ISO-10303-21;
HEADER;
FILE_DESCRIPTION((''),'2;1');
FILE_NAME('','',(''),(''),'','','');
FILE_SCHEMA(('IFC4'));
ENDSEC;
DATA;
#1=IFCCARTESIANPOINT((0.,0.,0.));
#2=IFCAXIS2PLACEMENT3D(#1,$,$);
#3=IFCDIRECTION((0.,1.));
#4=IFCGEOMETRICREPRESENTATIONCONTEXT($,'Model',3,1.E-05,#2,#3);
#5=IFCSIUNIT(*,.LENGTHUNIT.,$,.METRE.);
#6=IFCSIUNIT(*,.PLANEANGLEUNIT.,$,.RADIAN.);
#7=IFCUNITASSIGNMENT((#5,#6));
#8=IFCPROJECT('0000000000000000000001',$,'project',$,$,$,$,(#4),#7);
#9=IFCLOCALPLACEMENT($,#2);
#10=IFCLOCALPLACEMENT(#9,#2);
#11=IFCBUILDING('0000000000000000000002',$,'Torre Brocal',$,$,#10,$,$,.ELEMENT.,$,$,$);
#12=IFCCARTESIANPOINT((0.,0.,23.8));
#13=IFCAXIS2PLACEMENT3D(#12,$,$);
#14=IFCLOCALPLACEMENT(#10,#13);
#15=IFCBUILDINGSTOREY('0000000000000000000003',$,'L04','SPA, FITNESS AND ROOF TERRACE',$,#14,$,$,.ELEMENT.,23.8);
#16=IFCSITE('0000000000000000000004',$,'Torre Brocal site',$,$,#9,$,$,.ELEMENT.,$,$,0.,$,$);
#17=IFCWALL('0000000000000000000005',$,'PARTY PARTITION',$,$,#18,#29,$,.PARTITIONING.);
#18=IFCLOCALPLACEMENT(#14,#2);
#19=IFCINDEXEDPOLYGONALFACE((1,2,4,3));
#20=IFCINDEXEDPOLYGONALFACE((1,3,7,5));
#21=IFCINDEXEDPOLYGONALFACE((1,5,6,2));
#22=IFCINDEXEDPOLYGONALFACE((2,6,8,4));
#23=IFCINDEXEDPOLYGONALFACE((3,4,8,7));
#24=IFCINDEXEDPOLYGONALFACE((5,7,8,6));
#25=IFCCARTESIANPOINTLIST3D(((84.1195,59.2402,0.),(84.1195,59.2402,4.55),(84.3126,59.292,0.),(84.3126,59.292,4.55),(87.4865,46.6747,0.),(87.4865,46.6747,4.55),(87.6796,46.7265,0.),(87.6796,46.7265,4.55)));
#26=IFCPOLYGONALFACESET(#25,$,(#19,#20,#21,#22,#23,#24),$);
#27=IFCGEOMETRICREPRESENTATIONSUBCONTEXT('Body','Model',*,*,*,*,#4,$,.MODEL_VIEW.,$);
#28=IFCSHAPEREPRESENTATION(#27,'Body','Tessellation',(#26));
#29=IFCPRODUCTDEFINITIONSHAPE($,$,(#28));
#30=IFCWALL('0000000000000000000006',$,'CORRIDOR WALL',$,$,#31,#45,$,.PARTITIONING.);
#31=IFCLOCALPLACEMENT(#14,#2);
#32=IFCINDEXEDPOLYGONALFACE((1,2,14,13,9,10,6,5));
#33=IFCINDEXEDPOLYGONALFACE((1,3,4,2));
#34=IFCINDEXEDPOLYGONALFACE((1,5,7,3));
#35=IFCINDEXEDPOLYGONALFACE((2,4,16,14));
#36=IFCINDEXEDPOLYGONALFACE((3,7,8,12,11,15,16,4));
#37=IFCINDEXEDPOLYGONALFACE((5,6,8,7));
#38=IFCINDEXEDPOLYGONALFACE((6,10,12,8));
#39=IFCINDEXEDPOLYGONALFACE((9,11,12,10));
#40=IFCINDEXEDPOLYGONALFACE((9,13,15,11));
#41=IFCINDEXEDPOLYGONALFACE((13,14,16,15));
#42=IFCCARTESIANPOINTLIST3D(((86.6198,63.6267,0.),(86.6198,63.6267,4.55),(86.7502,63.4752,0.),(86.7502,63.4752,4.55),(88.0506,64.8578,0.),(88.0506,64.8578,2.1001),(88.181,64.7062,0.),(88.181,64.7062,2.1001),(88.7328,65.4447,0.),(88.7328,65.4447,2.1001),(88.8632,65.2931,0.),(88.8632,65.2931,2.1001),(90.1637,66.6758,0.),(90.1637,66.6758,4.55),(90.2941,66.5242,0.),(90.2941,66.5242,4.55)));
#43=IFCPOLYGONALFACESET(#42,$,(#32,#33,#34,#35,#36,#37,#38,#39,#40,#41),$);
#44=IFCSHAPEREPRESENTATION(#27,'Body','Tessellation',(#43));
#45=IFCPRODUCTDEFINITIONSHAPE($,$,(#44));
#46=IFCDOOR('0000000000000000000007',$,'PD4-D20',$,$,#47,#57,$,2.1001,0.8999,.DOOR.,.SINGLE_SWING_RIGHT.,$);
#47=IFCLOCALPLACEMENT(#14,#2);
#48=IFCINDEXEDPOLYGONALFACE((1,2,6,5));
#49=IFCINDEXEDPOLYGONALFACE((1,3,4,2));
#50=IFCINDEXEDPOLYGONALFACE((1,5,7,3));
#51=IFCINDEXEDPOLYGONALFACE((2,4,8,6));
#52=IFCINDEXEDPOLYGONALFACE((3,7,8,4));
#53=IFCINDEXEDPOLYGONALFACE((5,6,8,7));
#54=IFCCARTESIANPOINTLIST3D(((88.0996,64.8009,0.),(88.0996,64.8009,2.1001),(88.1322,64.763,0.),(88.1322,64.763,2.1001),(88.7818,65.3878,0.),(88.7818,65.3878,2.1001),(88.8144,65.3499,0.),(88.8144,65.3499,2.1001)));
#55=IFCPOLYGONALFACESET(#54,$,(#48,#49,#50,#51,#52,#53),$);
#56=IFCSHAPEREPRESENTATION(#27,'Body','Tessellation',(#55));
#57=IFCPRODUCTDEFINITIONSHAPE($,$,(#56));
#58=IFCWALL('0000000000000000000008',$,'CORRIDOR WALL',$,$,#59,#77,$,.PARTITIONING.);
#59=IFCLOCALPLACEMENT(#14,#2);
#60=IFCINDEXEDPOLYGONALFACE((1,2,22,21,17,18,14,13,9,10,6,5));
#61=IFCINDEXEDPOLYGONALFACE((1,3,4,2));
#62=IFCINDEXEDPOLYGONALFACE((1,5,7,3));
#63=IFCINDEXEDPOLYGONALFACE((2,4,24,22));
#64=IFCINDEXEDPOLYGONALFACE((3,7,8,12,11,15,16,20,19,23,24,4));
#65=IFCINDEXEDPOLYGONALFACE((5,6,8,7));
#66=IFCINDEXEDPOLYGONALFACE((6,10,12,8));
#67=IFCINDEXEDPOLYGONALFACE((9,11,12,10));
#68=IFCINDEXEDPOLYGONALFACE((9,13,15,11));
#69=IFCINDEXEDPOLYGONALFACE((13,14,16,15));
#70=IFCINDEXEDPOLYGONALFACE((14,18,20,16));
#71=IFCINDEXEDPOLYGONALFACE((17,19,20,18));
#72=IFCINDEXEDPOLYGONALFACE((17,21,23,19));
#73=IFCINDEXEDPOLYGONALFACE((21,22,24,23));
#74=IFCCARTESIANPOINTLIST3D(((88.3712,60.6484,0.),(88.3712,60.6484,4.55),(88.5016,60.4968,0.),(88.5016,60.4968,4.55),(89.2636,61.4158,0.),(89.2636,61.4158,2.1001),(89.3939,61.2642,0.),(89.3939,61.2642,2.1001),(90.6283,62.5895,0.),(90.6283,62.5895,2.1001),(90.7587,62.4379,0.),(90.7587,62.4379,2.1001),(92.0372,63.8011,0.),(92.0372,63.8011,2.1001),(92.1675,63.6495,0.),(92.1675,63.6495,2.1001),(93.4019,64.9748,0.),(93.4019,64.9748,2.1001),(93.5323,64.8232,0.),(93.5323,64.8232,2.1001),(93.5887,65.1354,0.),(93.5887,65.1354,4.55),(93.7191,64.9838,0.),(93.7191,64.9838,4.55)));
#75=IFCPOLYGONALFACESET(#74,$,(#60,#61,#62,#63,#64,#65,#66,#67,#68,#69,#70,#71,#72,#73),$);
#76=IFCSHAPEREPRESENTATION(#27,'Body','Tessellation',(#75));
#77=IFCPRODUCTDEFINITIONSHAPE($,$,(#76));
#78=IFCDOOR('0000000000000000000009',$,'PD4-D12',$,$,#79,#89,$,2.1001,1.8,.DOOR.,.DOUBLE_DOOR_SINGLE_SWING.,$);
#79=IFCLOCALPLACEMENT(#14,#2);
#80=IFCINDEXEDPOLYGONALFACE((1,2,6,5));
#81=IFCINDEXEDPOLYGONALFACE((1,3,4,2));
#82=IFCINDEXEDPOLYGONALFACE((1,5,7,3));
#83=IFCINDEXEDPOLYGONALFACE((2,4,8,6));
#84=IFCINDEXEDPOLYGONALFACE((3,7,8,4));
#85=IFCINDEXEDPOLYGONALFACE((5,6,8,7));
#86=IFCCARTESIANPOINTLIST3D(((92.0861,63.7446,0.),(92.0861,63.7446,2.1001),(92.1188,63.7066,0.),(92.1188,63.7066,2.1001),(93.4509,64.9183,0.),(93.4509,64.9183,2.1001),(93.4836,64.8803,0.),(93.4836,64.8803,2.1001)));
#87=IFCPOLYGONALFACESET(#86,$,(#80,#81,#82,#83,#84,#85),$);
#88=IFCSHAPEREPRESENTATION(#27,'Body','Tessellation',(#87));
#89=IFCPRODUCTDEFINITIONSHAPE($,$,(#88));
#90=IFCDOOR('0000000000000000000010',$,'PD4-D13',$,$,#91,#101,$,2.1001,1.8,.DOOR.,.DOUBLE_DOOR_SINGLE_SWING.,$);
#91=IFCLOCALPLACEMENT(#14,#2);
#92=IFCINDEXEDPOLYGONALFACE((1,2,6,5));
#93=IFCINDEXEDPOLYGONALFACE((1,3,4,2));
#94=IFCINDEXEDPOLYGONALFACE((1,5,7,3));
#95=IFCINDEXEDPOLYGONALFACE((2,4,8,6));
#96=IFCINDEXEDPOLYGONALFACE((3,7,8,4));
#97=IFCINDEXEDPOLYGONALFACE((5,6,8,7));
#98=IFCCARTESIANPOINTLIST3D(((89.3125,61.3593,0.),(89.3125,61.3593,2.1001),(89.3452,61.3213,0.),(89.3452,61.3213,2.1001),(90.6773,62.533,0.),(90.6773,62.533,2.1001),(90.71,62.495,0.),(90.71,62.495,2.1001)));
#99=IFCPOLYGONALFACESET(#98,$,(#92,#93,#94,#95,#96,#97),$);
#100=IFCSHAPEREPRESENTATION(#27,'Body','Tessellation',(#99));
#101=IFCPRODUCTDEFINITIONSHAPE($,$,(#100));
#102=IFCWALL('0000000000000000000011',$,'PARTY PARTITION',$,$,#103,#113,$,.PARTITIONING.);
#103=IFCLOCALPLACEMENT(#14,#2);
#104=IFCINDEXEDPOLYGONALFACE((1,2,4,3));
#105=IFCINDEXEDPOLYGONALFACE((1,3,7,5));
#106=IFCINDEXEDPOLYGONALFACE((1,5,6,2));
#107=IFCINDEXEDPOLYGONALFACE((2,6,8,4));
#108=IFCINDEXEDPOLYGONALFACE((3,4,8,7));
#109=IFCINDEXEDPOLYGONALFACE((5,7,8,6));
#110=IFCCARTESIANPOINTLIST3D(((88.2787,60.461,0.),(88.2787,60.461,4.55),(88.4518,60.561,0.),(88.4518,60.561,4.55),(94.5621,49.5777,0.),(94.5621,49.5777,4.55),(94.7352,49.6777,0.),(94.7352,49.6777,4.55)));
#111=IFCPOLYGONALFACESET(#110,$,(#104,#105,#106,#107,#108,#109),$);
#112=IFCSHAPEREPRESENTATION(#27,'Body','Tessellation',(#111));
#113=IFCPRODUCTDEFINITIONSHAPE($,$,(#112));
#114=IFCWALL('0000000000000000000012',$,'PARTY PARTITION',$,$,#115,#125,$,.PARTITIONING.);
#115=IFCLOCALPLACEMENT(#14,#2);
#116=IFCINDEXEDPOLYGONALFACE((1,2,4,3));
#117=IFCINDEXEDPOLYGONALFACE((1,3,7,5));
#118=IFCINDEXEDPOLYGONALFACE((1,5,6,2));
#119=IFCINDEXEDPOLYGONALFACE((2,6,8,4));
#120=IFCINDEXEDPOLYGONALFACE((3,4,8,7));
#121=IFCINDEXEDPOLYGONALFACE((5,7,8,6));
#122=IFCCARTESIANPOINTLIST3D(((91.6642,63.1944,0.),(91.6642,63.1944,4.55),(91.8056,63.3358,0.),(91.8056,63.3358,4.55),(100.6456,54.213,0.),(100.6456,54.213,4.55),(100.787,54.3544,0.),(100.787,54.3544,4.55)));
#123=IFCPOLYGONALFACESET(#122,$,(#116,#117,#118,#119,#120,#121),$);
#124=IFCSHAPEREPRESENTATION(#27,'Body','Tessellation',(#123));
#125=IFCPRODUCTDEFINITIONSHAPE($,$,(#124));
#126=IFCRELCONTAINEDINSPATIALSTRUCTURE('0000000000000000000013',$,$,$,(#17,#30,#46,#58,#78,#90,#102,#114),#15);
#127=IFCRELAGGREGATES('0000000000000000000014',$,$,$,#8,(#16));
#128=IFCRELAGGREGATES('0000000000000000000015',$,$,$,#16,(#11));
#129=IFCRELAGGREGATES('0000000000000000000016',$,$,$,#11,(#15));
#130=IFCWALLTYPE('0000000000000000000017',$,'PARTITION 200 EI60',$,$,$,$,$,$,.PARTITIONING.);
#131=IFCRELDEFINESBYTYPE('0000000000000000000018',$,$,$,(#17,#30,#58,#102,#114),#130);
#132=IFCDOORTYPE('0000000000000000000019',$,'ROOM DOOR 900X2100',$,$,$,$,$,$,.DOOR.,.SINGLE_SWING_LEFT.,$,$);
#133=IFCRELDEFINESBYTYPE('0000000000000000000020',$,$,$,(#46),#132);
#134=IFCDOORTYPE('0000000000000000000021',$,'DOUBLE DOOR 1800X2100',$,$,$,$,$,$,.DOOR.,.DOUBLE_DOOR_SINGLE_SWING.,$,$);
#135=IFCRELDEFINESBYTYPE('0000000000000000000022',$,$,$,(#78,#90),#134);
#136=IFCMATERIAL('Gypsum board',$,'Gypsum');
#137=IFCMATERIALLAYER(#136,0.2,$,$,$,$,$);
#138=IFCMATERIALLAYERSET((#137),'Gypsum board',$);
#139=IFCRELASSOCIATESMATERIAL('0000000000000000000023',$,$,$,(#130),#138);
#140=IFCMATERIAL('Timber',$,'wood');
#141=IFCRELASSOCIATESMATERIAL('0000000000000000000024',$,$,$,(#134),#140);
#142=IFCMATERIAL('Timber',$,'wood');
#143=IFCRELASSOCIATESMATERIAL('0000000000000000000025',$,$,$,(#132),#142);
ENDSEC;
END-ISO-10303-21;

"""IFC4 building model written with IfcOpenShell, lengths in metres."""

from ifc_helpers import new_model, si_unit, direction, frame, frame_2d, origin, place, context, subcontext, project, spatial, rectangle, extrude, material, layer, layer_set, type_object, element, fill, save


model = new_model("IFC4")

# Units and contexts
model_context = context("Model", 3, precision=1e-05, world=origin(), true_north=direction((0.0, 1.0)))
body_context = subcontext(model_context, "Body", "Model", "MODEL_VIEW")
ifc_project = project(units=[si_unit("LENGTHUNIT", "METRE"), si_unit("PLANEANGLEUNIT", "RADIAN")], contexts=[model_context])

# Site, building, storey
site_placement = place(None, origin())
site = spatial("IfcSite", under=ifc_project, at=site_placement, Name="Torre Brocal site", CompositionType="ELEMENT", RefElevation=0.0)
building_placement = place(site_placement, origin())
building = spatial("IfcBuilding", under=site, at=building_placement, Name="Torre Brocal", CompositionType="ELEMENT")
storey_placement = place(building_placement, frame((0.0, 0.0, 23.8)))
storey = spatial("IfcBuildingStorey", under=building, at=storey_placement, Name="L04", Description="SPA, FITNESS AND ROOF TERRACE", CompositionType="ELEMENT", Elevation=23.8)

# Shared definitions
ifc_material_1 = material(Name="Gypsum board", Category="Gypsum")
ifc_layer_1 = layer(ifc_material_1, 0.2)
ifc_layer_set_1 = layer_set([ifc_layer_1], Name="Gypsum board")
wall_type_1 = type_object("IfcWallType", Name="PARTITION 200 EI60", PredefinedType="PARTITIONING", material=ifc_layer_set_1)
ifc_material_2 = material(Name="Timber", Category="wood")
door_type_1 = type_object("IfcDoorType", Name="DOUBLE DOOR 1800X2100", OperationType="DOUBLE_DOOR_SINGLE_SWING", PredefinedType="DOOR", material=ifc_material_2)
ifc_material_3 = material(Name="Timber", Category="wood")
door_type_2 = type_object("IfcDoorType", Name="ROOM DOOR 900X2100", OperationType="SINGLE_SWING_LEFT", PredefinedType="DOOR", material=ifc_material_3)

# Wall
wall_1_placement = place(storey_placement, frame((84.2161, 59.2661, 0.0), z_axis=(0.0, 0.0, 1.0), x_axis=(0.258822, -0.965925, 0.0)))
element("IfcWall", 1, at=wall_1_placement, inside=storey, type_object=wall_type_1, Name="PARTY PARTITION", PredefinedType="PARTITIONING", context=body_context, shape_type="SweptSolid", body=[
    extrude(rectangle(XDim=13.0088, YDim=0.2, at=frame_2d((6.5044, 0.0))), origin(), (0.0, 0.0, 1.0), 4.55),
])

# Wall, opening, door
wall_2_placement = place(storey_placement, frame((86.6851, 63.551, 0.0), z_axis=(0.0, 0.0, 1.0), x_axis=(0.75805, 0.652197, 0.0)))
wall_2 = element("IfcWall", 2, at=wall_2_placement, inside=storey, type_object=wall_type_1, Name="CORRIDOR WALL", PredefinedType="PARTITIONING", context=body_context, shape_type="SweptSolid", body=[
    extrude(rectangle(XDim=4.675, YDim=0.2, at=frame_2d((2.3374, 0.0))), origin(), (0.0, 0.0, 1.0), 4.55),
])
opening_1_placement = place(wall_2_placement, frame((1.8875, 0.0, 0.0)))
opening_1 = element("IfcOpeningElement", 3, at=opening_1_placement, cuts=wall_2, PredefinedType="OPENING", context=body_context, shape_type="SweptSolid", body=[
    extrude(rectangle(XDim=0.8999, YDim=2.1001, at=frame_2d((0.45, 1.05))), frame((0.0, 0.1099, 0.0), z_axis=(0.0, -1.0, 0.0), x_axis=(1.0, 0.0, 0.0)), (0.0, 0.0, 1.0), 0.22),
])
door_1_placement = place(opening_1_placement, origin())
door_1 = element("IfcDoor", 4, at=door_1_placement, inside=storey, type_object=door_type_2, Name="PD4-D20", OperationType="SINGLE_SWING_RIGHT", OverallHeight=2.1001, OverallWidth=0.8999, PredefinedType="DOOR", context=body_context, shape_type="SweptSolid", body=[
    extrude(rectangle(XDim=0.8999, YDim=2.1001, at=frame_2d((0.45, 1.05))), frame((0.0, 0.0249, 0.0), z_axis=(0.0, -1.0, 0.0), x_axis=(1.0, 0.0, 0.0)), (0.0, 0.0, 1.0), 0.05),
])
fill(opening_1, door_1)

# Wall, openings, doors
wall_3_placement = place(storey_placement, frame((88.4363, 60.5725, 0.0), z_axis=(0.0, 0.0, 1.0), x_axis=(0.758186, 0.652038, 0.0)))
wall_3 = element("IfcWall", 5, at=wall_3_placement, inside=storey, type_object=wall_type_1, Name="CORRIDOR WALL", PredefinedType="PARTITIONING", context=body_context, shape_type="SweptSolid", body=[
    extrude(rectangle(XDim=6.8816, YDim=0.2, at=frame_2d((3.4409, 0.0))), origin(), (0.0, 0.0, 1.0), 4.55),
])
opening_2_placement = place(wall_3_placement, frame((4.8354, 0.0, 0.0)))
opening_2 = element("IfcOpeningElement", 6, at=opening_2_placement, cuts=wall_3, PredefinedType="OPENING", context=body_context, shape_type="SweptSolid", body=[
    extrude(rectangle(XDim=1.8, YDim=2.1001, at=frame_2d((0.8999, 1.05))), frame((0.0, 0.1099, 0.0), z_axis=(0.0, -1.0, 0.0), x_axis=(1.0, 0.0, 0.0)), (0.0, 0.0, 1.0), 0.22),
])
opening_3_placement = place(wall_3_placement, frame((1.1772, 0.0, 0.0)))
opening_3 = element("IfcOpeningElement", 7, at=opening_3_placement, cuts=wall_3, PredefinedType="OPENING", context=body_context, shape_type="SweptSolid", body=[
    extrude(rectangle(XDim=1.8, YDim=2.1001, at=frame_2d((0.8999, 1.05))), frame((0.0, 0.1099, 0.0), z_axis=(0.0, -1.0, 0.0), x_axis=(1.0, 0.0, 0.0)), (0.0, 0.0, 1.0), 0.22),
])
door_2_placement = place(opening_2_placement, frame((1.8, 0.0, 0.0), z_axis=(0.0, 0.0, 1.0), x_axis=(-1.0, 0.0, 0.0)))
door_2 = element("IfcDoor", 8, at=door_2_placement, inside=storey, type_object=door_type_1, Name="PD4-D12", OperationType="DOUBLE_DOOR_SINGLE_SWING", OverallHeight=2.1001, OverallWidth=1.8, PredefinedType="DOOR", context=body_context, shape_type="SweptSolid", body=[
    extrude(rectangle(XDim=1.8, YDim=2.1001, at=frame_2d((0.8999, 1.05))), frame((0.0, 0.0249, 0.0), z_axis=(0.0, -1.0, 0.0), x_axis=(1.0, 0.0, 0.0)), (0.0, 0.0, 1.0), 0.05),
])
fill(opening_2, door_2)
door_3_placement = place(opening_3_placement, frame((1.8, 0.0, 0.0), z_axis=(0.0, 0.0, 1.0), x_axis=(-1.0, 0.0, 0.0)))
door_3 = element("IfcDoor", 9, at=door_3_placement, inside=storey, type_object=door_type_1, Name="PD4-D13", OperationType="DOUBLE_DOOR_SINGLE_SWING", OverallHeight=2.1001, OverallWidth=1.8, PredefinedType="DOOR", context=body_context, shape_type="SweptSolid", body=[
    extrude(rectangle(XDim=1.8, YDim=2.1001, at=frame_2d((0.8999, 1.05))), frame((0.0, 0.0249, 0.0), z_axis=(0.0, -1.0, 0.0), x_axis=(1.0, 0.0, 0.0)), (0.0, 0.0, 1.0), 0.05),
])
fill(opening_3, door_3)

# Walls
wall_4_placement = place(storey_placement, frame((88.3652, 60.511, 0.0), z_axis=(0.0, 0.0, 1.0), x_axis=(0.499998, -0.866026, 0.0)))
element("IfcWall", 10, at=wall_4_placement, inside=storey, type_object=wall_type_1, Name="PARTY PARTITION", PredefinedType="PARTITIONING", context=body_context, shape_type="SweptSolid", body=[
    extrude(rectangle(XDim=12.5669, YDim=0.2, at=frame_2d((6.2834, 0.0))), origin(), (0.0, 0.0, 1.0), 4.55),
])
wall_5_placement = place(storey_placement, frame((91.7349, 63.2651, 0.0), z_axis=(0.0, 0.0, 1.0), x_axis=(0.707107, -0.707107, 0.0)))
element("IfcWall", 11, at=wall_5_placement, inside=storey, type_object=wall_type_1, Name="PARTY PARTITION", PredefinedType="PARTITIONING", context=body_context, shape_type="SweptSolid", body=[
    extrude(rectangle(XDim=12.7017, YDim=0.2, at=frame_2d((6.3508, 0.0))), origin(), (0.0, 0.0, 1.0), 4.55),
])

save(model, "model.ifc")
